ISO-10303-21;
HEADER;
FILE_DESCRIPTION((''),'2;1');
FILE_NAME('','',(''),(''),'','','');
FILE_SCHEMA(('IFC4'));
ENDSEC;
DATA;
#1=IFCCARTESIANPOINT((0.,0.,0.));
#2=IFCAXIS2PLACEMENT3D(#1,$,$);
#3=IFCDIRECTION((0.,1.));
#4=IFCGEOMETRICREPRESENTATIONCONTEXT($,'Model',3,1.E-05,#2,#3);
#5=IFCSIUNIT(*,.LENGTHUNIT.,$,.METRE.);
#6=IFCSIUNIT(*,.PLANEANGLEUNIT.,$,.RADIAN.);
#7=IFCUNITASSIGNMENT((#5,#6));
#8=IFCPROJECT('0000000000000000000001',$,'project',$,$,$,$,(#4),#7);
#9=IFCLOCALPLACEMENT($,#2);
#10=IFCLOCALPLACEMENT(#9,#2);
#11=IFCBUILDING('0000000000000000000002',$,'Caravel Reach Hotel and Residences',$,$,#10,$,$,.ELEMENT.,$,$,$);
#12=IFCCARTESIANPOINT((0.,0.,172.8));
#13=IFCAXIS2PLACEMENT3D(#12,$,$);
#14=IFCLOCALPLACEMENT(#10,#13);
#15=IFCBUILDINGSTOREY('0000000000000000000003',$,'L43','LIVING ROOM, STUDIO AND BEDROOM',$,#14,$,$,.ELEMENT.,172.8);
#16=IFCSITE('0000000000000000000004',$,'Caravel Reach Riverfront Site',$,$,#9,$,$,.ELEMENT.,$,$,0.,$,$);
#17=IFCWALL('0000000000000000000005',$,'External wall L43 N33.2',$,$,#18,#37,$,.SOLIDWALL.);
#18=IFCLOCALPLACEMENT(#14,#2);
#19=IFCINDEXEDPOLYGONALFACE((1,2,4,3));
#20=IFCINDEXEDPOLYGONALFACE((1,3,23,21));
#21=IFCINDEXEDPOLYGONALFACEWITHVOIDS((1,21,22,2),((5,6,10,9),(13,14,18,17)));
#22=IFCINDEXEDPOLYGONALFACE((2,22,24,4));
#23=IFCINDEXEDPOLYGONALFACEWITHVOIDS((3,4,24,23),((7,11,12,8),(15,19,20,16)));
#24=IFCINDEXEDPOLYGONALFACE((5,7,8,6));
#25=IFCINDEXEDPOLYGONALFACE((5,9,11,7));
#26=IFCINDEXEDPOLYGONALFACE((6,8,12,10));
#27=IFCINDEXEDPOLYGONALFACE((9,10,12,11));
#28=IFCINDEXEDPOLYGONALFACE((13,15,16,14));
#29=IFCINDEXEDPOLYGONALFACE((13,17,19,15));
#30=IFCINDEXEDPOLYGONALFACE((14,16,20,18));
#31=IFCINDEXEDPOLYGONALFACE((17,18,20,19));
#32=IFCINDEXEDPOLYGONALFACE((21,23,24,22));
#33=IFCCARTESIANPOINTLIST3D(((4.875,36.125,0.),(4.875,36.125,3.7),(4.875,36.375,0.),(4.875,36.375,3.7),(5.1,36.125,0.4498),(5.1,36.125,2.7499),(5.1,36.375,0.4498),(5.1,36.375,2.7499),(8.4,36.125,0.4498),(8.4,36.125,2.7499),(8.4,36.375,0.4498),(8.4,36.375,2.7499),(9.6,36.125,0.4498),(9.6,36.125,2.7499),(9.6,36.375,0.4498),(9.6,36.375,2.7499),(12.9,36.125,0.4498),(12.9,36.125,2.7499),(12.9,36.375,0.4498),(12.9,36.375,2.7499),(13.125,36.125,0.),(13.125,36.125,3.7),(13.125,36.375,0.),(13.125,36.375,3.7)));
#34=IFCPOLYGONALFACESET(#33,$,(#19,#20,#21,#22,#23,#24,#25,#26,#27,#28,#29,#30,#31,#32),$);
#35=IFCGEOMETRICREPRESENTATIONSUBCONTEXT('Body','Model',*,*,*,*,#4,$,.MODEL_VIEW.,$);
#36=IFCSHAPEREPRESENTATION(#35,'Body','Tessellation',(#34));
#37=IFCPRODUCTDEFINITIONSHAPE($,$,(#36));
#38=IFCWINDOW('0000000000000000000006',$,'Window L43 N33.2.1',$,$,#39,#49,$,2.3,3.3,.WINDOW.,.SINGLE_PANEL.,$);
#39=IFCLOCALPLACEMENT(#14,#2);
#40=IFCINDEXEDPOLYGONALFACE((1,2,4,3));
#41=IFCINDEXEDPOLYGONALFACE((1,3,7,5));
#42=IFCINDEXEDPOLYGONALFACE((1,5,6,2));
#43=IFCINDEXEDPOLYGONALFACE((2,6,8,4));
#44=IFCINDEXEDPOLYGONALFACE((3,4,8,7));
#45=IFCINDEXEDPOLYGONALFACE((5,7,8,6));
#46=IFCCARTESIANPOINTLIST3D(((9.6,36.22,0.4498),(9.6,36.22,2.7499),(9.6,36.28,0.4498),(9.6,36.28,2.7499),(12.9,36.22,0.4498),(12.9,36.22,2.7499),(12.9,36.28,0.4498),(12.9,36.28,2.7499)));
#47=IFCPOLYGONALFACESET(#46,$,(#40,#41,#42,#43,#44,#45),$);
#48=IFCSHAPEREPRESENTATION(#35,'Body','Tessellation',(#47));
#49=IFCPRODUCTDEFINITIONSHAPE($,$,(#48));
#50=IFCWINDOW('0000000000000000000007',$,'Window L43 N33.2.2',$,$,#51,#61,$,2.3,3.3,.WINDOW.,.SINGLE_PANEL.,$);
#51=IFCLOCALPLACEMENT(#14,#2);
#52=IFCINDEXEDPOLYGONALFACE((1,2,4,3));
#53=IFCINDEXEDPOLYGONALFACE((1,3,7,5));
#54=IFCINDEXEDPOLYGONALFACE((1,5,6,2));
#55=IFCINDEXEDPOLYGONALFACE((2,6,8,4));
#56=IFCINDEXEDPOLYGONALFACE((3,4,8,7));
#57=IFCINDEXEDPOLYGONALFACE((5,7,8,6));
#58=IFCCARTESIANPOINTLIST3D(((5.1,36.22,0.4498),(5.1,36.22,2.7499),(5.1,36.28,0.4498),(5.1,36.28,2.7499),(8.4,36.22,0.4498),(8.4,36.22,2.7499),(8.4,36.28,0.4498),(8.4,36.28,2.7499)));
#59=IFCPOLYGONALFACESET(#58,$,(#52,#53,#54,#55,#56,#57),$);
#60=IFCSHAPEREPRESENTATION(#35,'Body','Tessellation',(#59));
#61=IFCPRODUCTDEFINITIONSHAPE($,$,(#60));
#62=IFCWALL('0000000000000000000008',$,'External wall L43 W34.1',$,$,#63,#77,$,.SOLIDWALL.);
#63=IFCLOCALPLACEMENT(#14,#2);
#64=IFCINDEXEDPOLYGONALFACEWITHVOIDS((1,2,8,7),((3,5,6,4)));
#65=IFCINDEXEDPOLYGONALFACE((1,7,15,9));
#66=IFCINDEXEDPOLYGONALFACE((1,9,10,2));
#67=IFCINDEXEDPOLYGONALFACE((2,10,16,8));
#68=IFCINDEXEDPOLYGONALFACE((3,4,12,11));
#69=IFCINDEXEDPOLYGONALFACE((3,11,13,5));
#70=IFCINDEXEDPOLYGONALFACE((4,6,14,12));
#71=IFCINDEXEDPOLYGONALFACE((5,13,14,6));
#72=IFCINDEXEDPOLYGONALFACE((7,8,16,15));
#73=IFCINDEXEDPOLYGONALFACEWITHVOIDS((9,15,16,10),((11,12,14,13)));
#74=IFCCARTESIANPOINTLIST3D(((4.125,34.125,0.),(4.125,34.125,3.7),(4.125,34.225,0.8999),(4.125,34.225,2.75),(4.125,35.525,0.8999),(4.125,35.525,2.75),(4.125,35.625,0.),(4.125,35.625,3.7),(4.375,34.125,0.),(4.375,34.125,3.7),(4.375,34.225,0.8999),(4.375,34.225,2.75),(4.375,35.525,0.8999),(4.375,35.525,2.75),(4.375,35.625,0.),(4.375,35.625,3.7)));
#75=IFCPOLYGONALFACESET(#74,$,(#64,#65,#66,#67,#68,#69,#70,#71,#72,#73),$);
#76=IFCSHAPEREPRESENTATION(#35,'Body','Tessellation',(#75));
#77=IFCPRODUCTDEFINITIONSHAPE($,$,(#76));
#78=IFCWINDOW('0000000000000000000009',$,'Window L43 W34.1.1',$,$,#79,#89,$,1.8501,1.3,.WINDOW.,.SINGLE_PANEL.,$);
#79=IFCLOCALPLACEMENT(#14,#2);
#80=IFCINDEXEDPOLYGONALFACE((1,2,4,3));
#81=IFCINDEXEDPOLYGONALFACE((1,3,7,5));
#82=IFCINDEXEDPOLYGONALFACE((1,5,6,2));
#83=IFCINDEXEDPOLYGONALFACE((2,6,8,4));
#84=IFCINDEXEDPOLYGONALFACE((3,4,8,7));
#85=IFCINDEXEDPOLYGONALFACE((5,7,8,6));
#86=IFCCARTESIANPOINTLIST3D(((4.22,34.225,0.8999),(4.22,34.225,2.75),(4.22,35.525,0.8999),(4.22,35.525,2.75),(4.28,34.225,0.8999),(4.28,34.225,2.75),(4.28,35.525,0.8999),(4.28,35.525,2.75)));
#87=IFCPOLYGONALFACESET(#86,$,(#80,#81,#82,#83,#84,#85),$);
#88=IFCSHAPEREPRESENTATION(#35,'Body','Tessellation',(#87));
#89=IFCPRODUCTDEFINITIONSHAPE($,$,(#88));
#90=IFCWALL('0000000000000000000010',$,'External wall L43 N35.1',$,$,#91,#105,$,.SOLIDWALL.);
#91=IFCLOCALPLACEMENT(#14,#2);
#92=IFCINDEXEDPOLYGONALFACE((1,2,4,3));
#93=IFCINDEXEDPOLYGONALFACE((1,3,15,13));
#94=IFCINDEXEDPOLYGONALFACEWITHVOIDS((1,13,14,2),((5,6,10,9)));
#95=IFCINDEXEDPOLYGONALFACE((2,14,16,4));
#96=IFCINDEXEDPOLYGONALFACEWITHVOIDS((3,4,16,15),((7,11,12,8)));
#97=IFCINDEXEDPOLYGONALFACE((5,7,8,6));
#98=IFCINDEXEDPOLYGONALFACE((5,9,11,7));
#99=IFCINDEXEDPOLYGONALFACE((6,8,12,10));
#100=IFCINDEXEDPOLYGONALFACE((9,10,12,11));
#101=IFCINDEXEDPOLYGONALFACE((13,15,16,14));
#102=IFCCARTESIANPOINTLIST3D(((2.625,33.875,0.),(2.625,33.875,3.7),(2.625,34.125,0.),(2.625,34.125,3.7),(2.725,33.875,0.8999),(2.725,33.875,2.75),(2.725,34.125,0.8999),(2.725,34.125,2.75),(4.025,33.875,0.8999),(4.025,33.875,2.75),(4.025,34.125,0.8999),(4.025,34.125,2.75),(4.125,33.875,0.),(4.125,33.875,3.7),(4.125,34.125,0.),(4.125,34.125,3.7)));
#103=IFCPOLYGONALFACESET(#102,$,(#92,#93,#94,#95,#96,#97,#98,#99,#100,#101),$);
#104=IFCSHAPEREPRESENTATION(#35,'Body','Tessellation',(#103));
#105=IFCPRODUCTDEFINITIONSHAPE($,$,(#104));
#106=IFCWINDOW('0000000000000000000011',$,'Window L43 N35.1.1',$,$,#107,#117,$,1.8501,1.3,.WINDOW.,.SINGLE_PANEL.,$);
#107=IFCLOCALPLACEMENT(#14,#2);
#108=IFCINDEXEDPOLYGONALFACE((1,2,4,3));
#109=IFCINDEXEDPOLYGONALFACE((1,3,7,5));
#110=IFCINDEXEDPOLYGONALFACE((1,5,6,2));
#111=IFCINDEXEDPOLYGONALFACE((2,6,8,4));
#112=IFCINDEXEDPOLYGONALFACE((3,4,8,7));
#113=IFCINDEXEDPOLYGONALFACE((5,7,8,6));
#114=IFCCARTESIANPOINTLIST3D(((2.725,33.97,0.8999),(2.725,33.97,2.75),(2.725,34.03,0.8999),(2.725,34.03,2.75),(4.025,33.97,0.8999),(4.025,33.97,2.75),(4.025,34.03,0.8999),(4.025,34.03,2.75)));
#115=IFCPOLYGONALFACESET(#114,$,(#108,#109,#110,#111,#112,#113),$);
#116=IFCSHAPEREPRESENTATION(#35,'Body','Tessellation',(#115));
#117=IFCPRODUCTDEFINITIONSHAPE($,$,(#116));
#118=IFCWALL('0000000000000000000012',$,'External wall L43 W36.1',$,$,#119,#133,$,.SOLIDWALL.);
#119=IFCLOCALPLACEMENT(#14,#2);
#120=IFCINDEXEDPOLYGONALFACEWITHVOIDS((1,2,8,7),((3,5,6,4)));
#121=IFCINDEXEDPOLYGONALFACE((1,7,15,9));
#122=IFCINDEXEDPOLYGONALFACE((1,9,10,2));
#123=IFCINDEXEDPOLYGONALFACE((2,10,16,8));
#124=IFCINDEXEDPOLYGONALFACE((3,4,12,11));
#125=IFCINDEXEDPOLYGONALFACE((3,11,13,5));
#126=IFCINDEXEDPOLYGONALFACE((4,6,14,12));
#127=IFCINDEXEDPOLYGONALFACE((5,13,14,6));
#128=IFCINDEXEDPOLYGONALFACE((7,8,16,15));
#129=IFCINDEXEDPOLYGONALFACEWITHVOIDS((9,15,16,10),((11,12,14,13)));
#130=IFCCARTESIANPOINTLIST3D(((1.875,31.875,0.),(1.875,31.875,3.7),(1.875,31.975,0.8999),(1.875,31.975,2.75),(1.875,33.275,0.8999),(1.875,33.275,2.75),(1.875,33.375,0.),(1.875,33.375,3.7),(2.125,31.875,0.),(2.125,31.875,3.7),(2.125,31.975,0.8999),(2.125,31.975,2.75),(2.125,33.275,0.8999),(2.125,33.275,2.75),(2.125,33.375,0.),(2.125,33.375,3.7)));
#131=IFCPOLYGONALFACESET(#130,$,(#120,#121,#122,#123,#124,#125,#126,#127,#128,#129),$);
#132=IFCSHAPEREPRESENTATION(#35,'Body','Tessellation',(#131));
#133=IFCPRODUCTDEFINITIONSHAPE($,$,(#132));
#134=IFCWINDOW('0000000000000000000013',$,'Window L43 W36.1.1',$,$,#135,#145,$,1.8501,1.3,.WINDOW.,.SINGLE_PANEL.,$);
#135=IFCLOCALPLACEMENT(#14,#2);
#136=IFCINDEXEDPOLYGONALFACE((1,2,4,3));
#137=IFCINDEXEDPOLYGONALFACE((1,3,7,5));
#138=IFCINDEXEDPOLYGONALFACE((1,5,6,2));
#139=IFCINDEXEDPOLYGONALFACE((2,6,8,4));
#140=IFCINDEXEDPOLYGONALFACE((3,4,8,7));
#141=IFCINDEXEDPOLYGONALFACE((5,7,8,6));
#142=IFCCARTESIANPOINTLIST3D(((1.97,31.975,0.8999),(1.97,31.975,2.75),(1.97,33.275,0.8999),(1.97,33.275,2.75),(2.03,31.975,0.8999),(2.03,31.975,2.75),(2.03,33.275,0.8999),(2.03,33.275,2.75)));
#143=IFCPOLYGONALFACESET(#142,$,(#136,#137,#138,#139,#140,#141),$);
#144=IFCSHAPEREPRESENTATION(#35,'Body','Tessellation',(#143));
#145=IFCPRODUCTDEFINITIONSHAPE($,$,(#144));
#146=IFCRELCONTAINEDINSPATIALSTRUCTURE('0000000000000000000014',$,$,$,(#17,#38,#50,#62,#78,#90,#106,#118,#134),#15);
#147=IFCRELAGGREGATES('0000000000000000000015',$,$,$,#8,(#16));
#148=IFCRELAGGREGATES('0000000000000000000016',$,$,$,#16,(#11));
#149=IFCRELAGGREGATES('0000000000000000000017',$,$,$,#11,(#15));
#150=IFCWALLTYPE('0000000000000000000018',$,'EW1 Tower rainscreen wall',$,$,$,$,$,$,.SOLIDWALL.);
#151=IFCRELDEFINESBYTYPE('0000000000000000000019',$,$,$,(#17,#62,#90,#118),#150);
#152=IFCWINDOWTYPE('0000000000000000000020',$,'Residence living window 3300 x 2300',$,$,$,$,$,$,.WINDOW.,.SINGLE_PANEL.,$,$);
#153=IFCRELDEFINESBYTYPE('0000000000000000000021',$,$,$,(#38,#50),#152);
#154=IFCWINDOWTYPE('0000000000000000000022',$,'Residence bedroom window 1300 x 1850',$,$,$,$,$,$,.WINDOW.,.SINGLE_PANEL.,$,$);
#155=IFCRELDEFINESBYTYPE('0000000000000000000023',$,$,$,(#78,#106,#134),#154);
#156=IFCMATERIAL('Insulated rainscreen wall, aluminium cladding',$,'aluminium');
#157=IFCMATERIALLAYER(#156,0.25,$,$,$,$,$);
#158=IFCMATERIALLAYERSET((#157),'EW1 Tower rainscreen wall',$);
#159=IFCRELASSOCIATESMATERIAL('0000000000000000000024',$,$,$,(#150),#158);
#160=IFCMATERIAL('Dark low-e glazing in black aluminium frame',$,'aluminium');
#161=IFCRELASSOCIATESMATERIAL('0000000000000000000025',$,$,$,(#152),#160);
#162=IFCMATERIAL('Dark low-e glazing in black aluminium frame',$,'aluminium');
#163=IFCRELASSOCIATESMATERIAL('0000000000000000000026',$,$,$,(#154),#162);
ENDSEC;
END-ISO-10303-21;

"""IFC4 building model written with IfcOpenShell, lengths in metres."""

from ifc_helpers import new_model, si_unit, direction, frame, frame_2d, origin, place, context, subcontext, project, spatial, rectangle, extrude, material, layer, layer_set, type_object, element, fill, save


model = new_model("IFC4")

# Units and contexts
model_context = context("Model", 3, precision=1e-05, world=origin(), true_north=direction((0.0, 1.0)))
body_context = subcontext(model_context, "Body", "Model", "MODEL_VIEW")
ifc_project = project(units=[si_unit("LENGTHUNIT", "METRE"), si_unit("PLANEANGLEUNIT", "RADIAN")], contexts=[model_context])

# Site, building, storey
site_placement = place(None, origin())
site = spatial("IfcSite", under=ifc_project, at=site_placement, Name="Caravel Reach Riverfront Site", CompositionType="ELEMENT", RefElevation=0.0)
building_placement = place(site_placement, origin())
building = spatial("IfcBuilding", under=site, at=building_placement, Name="Caravel Reach Hotel and Residences", CompositionType="ELEMENT")
storey_placement = place(building_placement, frame((0.0, 0.0, 172.8)))
storey = spatial("IfcBuildingStorey", under=building, at=storey_placement, Name="L43", Description="LIVING ROOM, STUDIO AND BEDROOM", CompositionType="ELEMENT", Elevation=172.8)

# Wall, openings, windows
ifc_material_1 = material(Name="Insulated rainscreen wall, aluminium cladding", Category="aluminium")
ifc_layer_1 = layer(ifc_material_1, 0.25)
ifc_layer_set_1 = layer_set([ifc_layer_1], Name="EW1 Tower rainscreen wall")
wall_type_1 = type_object("IfcWallType", Name="EW1 Tower rainscreen wall", PredefinedType="SOLIDWALL", material=ifc_layer_set_1)
wall_1_placement = place(storey_placement, frame((13.125, 36.25, 0.0), z_axis=(0.0, 0.0, 1.0), x_axis=(-1.0, 0.0, 0.0)))
wall_1 = element("IfcWall", 1, at=wall_1_placement, inside=storey, type_object=wall_type_1, Name="External wall L43 N33.2", PredefinedType="SOLIDWALL", context=body_context, shape_type="SweptSolid", body=[
    extrude(rectangle(XDim=8.25, YDim=0.25, at=frame_2d((4.125, 0.0))), origin(), (0.0, 0.0, 1.0), 3.7),
])
opening_1_placement = place(wall_1_placement, frame((0.2251, 0.0, 0.45)))
opening_1 = element("IfcOpeningElement", 2, at=opening_1_placement, cuts=wall_1, PredefinedType="OPENING", context=body_context, shape_type="SweptSolid", body=[
    extrude(rectangle(XDim=3.3, YDim=2.3, at=frame_2d((1.6499, 1.1499))), frame((0.0, 0.135, 0.0), z_axis=(0.0, -1.0, 0.0), x_axis=(1.0, 0.0, 0.0)), (0.0, 0.0, 1.0), 0.27),
])
opening_2_placement = place(wall_1_placement, frame((4.7251, 0.0, 0.45)))
opening_2 = element("IfcOpeningElement", 3, at=opening_2_placement, cuts=wall_1, PredefinedType="OPENING", context=body_context, shape_type="SweptSolid", body=[
    extrude(rectangle(XDim=3.3, YDim=2.3, at=frame_2d((1.6499, 1.1499))), frame((0.0, 0.135, 0.0), z_axis=(0.0, -1.0, 0.0), x_axis=(1.0, 0.0, 0.0)), (0.0, 0.0, 1.0), 0.27),
])
ifc_material_2 = material(Name="Dark low-e glazing in black aluminium frame", Category="aluminium")
window_type_1 = type_object("IfcWindowType", Name="Residence living window 3300 x 2300", PartitioningType="SINGLE_PANEL", PredefinedType="WINDOW", material=ifc_material_2)
window_1_placement = place(opening_1_placement, origin())
window_1 = element("IfcWindow", 4, at=window_1_placement, inside=storey, type_object=window_type_1, Name="Window L43 N33.2.1", OverallHeight=2.3, OverallWidth=3.3, PartitioningType="SINGLE_PANEL", PredefinedType="WINDOW", context=body_context, shape_type="SweptSolid", body=[
    extrude(rectangle(XDim=3.3, YDim=2.3, at=frame_2d((1.6499, 1.1499))), frame((0.0, 0.03, 0.0), z_axis=(0.0, -1.0, 0.0), x_axis=(1.0, 0.0, 0.0)), (0.0, 0.0, 1.0), 0.0601),
])
fill(opening_1, window_1)
window_2_placement = place(opening_2_placement, origin())
window_2 = element("IfcWindow", 5, at=window_2_placement, inside=storey, type_object=window_type_1, Name="Window L43 N33.2.2", OverallHeight=2.3, OverallWidth=3.3, PartitioningType="SINGLE_PANEL", PredefinedType="WINDOW", context=body_context, shape_type="SweptSolid", body=[
    extrude(rectangle(XDim=3.3, YDim=2.3, at=frame_2d((1.6499, 1.1499))), frame((0.0, 0.03, 0.0), z_axis=(0.0, -1.0, 0.0), x_axis=(1.0, 0.0, 0.0)), (0.0, 0.0, 1.0), 0.0601),
])
fill(opening_2, window_2)

# Walls, openings, windows
wall_2_placement = place(storey_placement, frame((4.25, 35.625, 0.0), z_axis=(0.0, 0.0, 1.0), x_axis=(0.0, -1.0, 0.0)))
wall_2 = element("IfcWall", 6, at=wall_2_placement, inside=storey, type_object=wall_type_1, Name="External wall L43 W34.1", PredefinedType="SOLIDWALL", context=body_context, shape_type="SweptSolid", body=[
    extrude(rectangle(XDim=1.5, YDim=0.25, at=frame_2d((0.75, 0.0))), origin(), (0.0, 0.0, 1.0), 3.7),
])
opening_3_placement = place(wall_2_placement, frame((0.1001, 0.0, 0.8999)))
opening_3 = element("IfcOpeningElement", 7, at=opening_3_placement, cuts=wall_2, PredefinedType="OPENING", context=body_context, shape_type="SweptSolid", body=[
    extrude(rectangle(XDim=1.3, YDim=1.8501, at=frame_2d((0.6499, 0.925))), frame((0.0, 0.135, 0.0), z_axis=(0.0, -1.0, 0.0), x_axis=(1.0, 0.0, 0.0)), (0.0, 0.0, 1.0), 0.27),
])
ifc_material_3 = material(Name="Dark low-e glazing in black aluminium frame", Category="aluminium")
window_type_2 = type_object("IfcWindowType", Name="Residence bedroom window 1300 x 1850", PartitioningType="SINGLE_PANEL", PredefinedType="WINDOW", material=ifc_material_3)
window_3_placement = place(opening_3_placement, origin())
window_3 = element("IfcWindow", 8, at=window_3_placement, inside=storey, type_object=window_type_2, Name="Window L43 W34.1.1", OverallHeight=1.8501, OverallWidth=1.3, PartitioningType="SINGLE_PANEL", PredefinedType="WINDOW", context=body_context, shape_type="SweptSolid", body=[
    extrude(rectangle(XDim=1.3, YDim=1.8501, at=frame_2d((0.6499, 0.925))), frame((0.0, 0.03, 0.0), z_axis=(0.0, -1.0, 0.0), x_axis=(1.0, 0.0, 0.0)), (0.0, 0.0, 1.0), 0.0601),
])
fill(opening_3, window_3)
wall_3_placement = place(storey_placement, frame((4.125, 34.0, 0.0), z_axis=(0.0, 0.0, 1.0), x_axis=(-1.0, 0.0, 0.0)))
wall_3 = element("IfcWall", 9, at=wall_3_placement, inside=storey, type_object=wall_type_1, Name="External wall L43 N35.1", PredefinedType="SOLIDWALL", context=body_context, shape_type="SweptSolid", body=[
    extrude(rectangle(XDim=1.5, YDim=0.25, at=frame_2d((0.75, 0.0))), origin(), (0.0, 0.0, 1.0), 3.7),
])
opening_4_placement = place(wall_3_placement, frame((0.1001, 0.0, 0.8999)))
opening_4 = element("IfcOpeningElement", 10, at=opening_4_placement, cuts=wall_3, PredefinedType="OPENING", context=body_context, shape_type="SweptSolid", body=[
    extrude(rectangle(XDim=1.3, YDim=1.8501, at=frame_2d((0.6499, 0.925))), frame((0.0, 0.135, 0.0), z_axis=(0.0, -1.0, 0.0), x_axis=(1.0, 0.0, 0.0)), (0.0, 0.0, 1.0), 0.27),
])
window_4_placement = place(opening_4_placement, origin())
window_4 = element("IfcWindow", 11, at=window_4_placement, inside=storey, type_object=window_type_2, Name="Window L43 N35.1.1", OverallHeight=1.8501, OverallWidth=1.3, PartitioningType="SINGLE_PANEL", PredefinedType="WINDOW", context=body_context, shape_type="SweptSolid", body=[
    extrude(rectangle(XDim=1.3, YDim=1.8501, at=frame_2d((0.6499, 0.925))), frame((0.0, 0.03, 0.0), z_axis=(0.0, -1.0, 0.0), x_axis=(1.0, 0.0, 0.0)), (0.0, 0.0, 1.0), 0.0601),
])
fill(opening_4, window_4)
wall_4_placement = place(storey_placement, frame((2.0, 33.375, 0.0), z_axis=(0.0, 0.0, 1.0), x_axis=(0.0, -1.0, 0.0)))
wall_4 = element("IfcWall", 12, at=wall_4_placement, inside=storey, type_object=wall_type_1, Name="External wall L43 W36.1", PredefinedType="SOLIDWALL", context=body_context, shape_type="SweptSolid", body=[
    extrude(rectangle(XDim=1.5, YDim=0.25, at=frame_2d((0.75, 0.0))), origin(), (0.0, 0.0, 1.0), 3.7),
])
opening_5_placement = place(wall_4_placement, frame((0.1001, 0.0, 0.8999)))
opening_5 = element("IfcOpeningElement", 13, at=opening_5_placement, cuts=wall_4, PredefinedType="OPENING", context=body_context, shape_type="SweptSolid", body=[
    extrude(rectangle(XDim=1.3, YDim=1.8501, at=frame_2d((0.6499, 0.925))), frame((0.0, 0.135, 0.0), z_axis=(0.0, -1.0, 0.0), x_axis=(1.0, 0.0, 0.0)), (0.0, 0.0, 1.0), 0.27),
])
window_5_placement = place(opening_5_placement, origin())
window_5 = element("IfcWindow", 14, at=window_5_placement, inside=storey, type_object=window_type_2, Name="Window L43 W36.1.1", OverallHeight=1.8501, OverallWidth=1.3, PartitioningType="SINGLE_PANEL", PredefinedType="WINDOW", context=body_context, shape_type="SweptSolid", body=[
    extrude(rectangle(XDim=1.3, YDim=1.8501, at=frame_2d((0.6499, 0.925))), frame((0.0, 0.03, 0.0), z_axis=(0.0, -1.0, 0.0), x_axis=(1.0, 0.0, 0.0)), (0.0, 0.0, 1.0), 0.0601),
])
fill(opening_5, window_5)

save(model, "model.ifc")
